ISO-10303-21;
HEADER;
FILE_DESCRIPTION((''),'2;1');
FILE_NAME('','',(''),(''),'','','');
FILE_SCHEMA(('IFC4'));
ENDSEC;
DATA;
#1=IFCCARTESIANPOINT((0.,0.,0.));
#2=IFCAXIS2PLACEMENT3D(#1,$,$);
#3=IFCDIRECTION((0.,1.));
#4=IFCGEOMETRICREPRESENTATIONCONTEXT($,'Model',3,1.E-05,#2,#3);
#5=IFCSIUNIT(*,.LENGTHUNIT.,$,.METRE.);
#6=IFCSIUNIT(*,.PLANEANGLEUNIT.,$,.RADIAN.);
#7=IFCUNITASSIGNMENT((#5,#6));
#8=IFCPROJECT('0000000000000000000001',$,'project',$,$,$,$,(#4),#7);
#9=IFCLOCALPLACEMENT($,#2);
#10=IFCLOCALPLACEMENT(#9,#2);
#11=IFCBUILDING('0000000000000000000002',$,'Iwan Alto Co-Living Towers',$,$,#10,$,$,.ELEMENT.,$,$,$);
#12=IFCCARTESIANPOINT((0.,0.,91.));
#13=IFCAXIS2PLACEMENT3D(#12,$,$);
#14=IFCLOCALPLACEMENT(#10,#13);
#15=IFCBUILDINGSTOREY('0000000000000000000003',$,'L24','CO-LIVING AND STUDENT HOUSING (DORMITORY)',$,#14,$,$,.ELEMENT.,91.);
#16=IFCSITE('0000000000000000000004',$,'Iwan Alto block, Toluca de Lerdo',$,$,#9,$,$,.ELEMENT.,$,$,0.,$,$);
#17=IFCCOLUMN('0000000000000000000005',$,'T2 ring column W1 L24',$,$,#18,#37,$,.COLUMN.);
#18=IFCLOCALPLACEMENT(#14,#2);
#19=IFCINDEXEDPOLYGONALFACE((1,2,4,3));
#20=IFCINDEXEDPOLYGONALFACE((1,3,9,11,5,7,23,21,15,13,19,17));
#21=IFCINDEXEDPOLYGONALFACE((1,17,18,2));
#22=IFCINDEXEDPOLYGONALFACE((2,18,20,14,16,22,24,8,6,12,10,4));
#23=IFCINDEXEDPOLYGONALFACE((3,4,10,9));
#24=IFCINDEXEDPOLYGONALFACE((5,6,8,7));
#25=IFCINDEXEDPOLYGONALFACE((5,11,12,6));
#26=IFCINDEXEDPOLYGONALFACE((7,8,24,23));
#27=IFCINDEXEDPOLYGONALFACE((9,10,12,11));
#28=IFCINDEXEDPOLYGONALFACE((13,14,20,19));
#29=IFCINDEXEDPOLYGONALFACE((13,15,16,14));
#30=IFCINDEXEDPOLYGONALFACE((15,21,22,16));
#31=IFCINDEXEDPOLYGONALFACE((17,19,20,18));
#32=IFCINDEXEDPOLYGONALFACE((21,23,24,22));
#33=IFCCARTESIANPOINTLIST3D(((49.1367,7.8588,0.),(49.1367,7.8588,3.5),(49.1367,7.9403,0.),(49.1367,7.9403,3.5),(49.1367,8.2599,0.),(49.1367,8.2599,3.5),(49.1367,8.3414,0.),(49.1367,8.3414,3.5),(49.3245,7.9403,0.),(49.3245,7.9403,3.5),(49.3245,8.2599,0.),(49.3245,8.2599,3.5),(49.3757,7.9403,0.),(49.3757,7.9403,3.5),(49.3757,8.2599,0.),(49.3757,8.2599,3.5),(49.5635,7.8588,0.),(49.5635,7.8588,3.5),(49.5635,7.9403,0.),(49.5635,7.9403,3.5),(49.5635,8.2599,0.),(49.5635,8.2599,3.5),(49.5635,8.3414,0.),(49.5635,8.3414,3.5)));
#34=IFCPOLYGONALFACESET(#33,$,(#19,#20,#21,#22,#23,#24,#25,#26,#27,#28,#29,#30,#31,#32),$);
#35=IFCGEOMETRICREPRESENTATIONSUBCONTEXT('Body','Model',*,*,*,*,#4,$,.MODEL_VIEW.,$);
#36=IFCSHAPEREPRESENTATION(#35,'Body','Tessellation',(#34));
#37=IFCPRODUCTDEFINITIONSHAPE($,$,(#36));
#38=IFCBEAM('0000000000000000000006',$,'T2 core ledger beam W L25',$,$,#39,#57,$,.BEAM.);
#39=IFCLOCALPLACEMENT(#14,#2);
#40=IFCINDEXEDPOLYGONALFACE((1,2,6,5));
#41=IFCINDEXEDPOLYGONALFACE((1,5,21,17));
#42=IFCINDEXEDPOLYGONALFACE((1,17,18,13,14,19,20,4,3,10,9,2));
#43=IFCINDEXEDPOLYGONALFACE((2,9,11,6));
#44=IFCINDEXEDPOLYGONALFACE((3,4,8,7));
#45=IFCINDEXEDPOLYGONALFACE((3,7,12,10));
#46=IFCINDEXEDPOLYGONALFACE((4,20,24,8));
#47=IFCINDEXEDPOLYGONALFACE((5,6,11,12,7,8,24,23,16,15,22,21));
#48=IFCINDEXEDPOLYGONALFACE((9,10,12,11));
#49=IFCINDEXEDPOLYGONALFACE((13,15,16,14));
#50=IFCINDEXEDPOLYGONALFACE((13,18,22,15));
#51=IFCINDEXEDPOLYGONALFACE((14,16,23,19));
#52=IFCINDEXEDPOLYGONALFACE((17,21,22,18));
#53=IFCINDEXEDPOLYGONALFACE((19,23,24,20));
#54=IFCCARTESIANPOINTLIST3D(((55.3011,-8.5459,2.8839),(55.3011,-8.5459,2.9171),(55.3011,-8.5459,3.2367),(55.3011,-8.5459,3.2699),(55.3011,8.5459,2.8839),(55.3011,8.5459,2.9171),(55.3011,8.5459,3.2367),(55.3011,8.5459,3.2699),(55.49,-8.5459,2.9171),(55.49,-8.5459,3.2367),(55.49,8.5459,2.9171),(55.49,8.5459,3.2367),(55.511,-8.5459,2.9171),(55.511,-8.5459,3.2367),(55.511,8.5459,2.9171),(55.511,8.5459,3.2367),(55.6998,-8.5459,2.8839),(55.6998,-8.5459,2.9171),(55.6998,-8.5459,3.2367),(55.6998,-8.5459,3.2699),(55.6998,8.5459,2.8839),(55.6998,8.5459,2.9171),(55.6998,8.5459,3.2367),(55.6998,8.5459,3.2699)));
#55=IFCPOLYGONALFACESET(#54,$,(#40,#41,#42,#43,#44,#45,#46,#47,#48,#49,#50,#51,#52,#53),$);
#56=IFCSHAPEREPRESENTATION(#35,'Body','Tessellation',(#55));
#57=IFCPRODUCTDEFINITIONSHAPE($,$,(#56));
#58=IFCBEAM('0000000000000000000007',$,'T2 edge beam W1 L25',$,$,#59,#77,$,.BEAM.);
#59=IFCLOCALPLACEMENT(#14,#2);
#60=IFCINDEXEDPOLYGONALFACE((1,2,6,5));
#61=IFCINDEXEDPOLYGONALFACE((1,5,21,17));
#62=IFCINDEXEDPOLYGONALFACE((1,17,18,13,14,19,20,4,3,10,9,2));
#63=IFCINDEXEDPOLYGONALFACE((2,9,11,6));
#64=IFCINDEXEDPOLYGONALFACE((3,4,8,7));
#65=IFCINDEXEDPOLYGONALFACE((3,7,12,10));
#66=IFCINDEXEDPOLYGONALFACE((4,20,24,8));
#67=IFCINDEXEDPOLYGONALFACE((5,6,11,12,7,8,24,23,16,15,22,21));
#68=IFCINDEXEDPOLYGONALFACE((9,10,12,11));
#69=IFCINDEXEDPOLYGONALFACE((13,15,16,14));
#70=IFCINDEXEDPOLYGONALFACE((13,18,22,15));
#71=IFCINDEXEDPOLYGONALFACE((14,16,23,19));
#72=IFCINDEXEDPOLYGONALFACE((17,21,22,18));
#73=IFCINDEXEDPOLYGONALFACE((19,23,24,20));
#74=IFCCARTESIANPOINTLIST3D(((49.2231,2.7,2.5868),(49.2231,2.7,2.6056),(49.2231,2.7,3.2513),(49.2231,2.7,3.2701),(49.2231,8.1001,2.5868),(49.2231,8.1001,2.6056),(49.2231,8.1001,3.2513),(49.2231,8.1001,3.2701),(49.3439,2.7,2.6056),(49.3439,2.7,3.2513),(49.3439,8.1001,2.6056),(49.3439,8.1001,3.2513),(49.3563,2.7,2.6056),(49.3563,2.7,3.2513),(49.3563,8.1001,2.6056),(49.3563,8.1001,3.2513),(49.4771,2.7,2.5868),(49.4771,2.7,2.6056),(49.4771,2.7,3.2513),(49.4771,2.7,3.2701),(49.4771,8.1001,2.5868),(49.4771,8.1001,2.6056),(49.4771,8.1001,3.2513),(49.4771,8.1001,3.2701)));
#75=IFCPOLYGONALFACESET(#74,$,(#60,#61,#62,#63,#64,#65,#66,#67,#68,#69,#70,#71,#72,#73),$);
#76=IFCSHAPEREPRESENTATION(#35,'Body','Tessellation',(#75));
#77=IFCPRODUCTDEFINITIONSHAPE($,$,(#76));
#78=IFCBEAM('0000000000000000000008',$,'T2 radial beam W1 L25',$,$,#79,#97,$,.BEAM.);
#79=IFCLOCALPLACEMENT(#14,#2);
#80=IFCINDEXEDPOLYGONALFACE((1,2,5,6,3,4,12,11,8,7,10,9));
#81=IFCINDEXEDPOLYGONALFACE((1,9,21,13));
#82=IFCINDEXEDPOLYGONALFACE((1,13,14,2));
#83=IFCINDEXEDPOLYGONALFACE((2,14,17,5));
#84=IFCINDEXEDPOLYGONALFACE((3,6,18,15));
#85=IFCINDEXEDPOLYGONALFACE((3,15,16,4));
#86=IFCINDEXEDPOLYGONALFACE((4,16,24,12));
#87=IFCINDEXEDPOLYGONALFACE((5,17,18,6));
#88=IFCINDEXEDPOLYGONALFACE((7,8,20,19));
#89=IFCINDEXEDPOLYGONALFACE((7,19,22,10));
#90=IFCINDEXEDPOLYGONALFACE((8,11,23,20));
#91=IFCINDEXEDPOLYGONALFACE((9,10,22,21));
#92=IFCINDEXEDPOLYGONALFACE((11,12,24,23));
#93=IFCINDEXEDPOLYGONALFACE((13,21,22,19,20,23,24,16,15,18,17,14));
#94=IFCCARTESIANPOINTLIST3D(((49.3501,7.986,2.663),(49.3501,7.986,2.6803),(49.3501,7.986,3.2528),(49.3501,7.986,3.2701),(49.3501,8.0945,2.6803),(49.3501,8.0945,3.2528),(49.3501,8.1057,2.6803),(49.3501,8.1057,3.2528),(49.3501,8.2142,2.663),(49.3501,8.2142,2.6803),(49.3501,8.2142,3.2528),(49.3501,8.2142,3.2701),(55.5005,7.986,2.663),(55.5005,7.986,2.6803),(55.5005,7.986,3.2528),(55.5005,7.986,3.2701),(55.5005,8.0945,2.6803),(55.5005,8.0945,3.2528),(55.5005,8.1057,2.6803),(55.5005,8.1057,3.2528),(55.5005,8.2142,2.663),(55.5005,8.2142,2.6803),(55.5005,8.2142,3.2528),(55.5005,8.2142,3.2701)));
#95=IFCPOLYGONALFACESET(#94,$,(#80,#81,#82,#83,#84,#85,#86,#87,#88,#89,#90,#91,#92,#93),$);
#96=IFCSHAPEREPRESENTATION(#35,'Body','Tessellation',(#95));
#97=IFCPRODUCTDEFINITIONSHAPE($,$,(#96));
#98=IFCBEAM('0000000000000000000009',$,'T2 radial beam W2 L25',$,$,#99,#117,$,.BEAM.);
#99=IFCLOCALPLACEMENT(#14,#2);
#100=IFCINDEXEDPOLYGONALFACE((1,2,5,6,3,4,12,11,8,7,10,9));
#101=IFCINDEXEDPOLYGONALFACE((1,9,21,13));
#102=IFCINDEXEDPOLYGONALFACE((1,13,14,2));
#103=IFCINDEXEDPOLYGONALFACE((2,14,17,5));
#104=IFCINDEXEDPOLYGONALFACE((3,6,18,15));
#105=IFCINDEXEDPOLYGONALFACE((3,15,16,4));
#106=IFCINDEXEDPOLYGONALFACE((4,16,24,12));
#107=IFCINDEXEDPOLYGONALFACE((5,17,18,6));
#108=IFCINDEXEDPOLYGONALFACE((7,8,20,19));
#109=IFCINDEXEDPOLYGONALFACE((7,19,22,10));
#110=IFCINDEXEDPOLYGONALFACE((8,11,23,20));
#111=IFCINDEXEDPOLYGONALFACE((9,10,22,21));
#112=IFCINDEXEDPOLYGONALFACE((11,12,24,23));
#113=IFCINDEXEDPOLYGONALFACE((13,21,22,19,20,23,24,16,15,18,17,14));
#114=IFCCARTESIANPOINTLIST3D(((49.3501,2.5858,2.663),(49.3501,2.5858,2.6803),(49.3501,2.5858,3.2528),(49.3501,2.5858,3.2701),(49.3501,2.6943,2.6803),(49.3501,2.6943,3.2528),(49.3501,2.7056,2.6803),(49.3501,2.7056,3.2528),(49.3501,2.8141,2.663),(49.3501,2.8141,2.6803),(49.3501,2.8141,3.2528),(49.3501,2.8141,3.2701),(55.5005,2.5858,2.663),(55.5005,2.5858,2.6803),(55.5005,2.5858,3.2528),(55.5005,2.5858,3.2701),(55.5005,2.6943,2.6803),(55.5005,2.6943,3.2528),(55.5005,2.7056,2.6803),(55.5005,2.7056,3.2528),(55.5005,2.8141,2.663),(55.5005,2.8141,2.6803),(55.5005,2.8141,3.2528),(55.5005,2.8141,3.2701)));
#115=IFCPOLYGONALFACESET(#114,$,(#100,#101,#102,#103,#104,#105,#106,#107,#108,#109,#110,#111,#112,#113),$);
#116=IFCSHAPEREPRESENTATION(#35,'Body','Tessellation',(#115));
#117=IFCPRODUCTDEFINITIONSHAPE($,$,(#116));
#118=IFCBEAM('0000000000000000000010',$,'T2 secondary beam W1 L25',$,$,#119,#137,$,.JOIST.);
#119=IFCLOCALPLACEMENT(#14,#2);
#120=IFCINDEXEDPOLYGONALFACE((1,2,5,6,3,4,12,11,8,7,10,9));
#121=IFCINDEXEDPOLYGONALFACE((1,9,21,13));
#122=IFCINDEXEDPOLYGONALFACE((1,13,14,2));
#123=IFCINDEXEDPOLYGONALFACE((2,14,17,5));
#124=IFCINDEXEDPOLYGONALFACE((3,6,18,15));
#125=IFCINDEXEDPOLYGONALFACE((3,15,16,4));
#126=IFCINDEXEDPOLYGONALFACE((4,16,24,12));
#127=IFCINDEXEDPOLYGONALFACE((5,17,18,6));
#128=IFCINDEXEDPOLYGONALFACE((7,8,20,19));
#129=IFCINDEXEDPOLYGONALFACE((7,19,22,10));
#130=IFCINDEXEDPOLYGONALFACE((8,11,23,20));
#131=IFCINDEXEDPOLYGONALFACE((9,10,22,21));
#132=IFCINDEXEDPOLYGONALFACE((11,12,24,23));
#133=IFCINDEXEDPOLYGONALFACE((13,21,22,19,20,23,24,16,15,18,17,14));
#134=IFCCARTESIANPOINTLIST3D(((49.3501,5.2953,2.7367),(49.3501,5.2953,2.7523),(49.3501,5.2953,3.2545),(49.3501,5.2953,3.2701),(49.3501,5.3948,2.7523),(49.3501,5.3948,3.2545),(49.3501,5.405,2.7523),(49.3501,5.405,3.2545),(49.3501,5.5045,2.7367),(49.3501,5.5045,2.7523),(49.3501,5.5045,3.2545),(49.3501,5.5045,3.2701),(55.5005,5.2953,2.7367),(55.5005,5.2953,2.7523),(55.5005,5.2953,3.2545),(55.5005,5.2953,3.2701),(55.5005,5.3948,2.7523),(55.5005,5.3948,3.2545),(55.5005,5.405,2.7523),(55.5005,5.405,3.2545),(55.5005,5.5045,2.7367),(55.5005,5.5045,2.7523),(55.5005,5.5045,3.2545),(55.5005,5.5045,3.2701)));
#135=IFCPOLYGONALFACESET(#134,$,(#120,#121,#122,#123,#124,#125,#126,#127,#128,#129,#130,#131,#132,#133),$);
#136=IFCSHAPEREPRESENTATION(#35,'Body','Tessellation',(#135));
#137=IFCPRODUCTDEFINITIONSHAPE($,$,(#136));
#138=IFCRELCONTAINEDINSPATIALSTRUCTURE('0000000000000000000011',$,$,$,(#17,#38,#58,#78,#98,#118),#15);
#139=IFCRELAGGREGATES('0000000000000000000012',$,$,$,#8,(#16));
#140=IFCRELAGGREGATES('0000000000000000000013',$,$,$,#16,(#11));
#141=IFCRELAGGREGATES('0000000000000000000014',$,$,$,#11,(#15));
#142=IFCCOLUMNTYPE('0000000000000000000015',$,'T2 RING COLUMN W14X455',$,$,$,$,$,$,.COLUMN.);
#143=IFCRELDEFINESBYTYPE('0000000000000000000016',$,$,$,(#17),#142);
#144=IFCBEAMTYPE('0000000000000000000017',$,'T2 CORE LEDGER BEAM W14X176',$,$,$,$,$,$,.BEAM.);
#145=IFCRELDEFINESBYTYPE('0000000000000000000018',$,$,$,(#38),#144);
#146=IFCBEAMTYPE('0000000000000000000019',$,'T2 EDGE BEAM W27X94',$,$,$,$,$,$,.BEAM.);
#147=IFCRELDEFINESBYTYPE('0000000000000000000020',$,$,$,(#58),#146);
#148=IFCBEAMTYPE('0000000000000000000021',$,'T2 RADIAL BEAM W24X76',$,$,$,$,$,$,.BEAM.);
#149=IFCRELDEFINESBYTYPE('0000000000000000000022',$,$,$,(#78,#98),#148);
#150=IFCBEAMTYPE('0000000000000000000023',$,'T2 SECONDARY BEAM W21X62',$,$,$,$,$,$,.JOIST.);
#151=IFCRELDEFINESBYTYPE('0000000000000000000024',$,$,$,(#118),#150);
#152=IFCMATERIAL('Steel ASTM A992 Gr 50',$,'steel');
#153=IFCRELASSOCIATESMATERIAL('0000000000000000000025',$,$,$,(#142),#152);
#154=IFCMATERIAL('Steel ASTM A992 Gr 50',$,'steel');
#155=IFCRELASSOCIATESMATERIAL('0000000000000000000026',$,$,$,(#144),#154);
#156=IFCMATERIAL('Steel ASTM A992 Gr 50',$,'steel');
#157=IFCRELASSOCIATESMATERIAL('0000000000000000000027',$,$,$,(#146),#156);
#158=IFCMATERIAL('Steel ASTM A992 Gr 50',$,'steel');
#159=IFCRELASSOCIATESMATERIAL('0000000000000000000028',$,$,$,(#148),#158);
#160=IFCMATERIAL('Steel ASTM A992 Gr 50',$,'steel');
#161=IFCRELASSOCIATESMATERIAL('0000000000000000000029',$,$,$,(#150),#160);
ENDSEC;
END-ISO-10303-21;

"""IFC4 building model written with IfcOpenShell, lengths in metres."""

from ifc_helpers import new_model, si_unit, direction, frame, origin, origin_2d, place, context, subcontext, project, spatial, i_section, extrude, material, material_profile, profile_set, type_object, element, save


model = new_model("IFC4")

# Units and contexts
model_context = context("Model", 3, precision=1e-05, world=origin(), true_north=direction((0.0, 1.0)))
body_context = subcontext(model_context, "Body", "Model", "MODEL_VIEW")
ifc_project = project(units=[si_unit("LENGTHUNIT", "METRE"), si_unit("PLANEANGLEUNIT", "RADIAN")], contexts=[model_context])

# Site, building, storey
site_placement = place(None, origin())
site = spatial("IfcSite", under=ifc_project, at=site_placement, Name="Iwan Alto block, Toluca de Lerdo", CompositionType="ELEMENT", RefElevation=0.0)
building_placement = place(site_placement, origin())
building = spatial("IfcBuilding", under=site, at=building_placement, Name="Iwan Alto Co-Living Towers", CompositionType="ELEMENT")
storey_placement = place(building_placement, frame((0.0, 0.0, 91.0)))
storey = spatial("IfcBuildingStorey", under=building, at=storey_placement, Name="L24", Description="CO-LIVING AND STUDENT HOUSING (DORMITORY)", CompositionType="ELEMENT", Elevation=91.0)

# Column
ifc_material_1 = material(Name="Steel ASTM A992 Gr 50", Category="steel")
ifc_material_profile_1 = material_profile(ifc_material_1, i_section(OverallWidth=0.4268, OverallDepth=0.4827, WebThickness=0.0513, FlangeThickness=0.0815, at=origin_2d()), Name="W14X455")
ifc_profile_set_1 = profile_set([ifc_material_profile_1], Name="Steel ASTM A992 Gr 50")
column_type = type_object("IfcColumnType", Name="T2 RING COLUMN W14X455", PredefinedType="COLUMN", material=ifc_profile_set_1)
column_placement = place(storey_placement, frame((49.3501, 8.1001, 0.0), z_axis=(0.0, 0.0, 1.0), x_axis=(1.0, 0.0, 0.0)))
element("IfcColumn", 1, at=column_placement, inside=storey, type_object=column_type, Name="T2 ring column W1 L24", PredefinedType="COLUMN", context=body_context, shape_type="SweptSolid", body=[
    extrude(i_section(OverallWidth=0.4268, OverallDepth=0.4827, WebThickness=0.0513, FlangeThickness=0.0815, at=origin_2d()), origin(), (0.0, 0.0, 1.0), 3.5),
])

# Beams
ifc_material_2 = material(Name="Steel ASTM A992 Gr 50", Category="steel")
ifc_material_profile_2 = material_profile(ifc_material_2, i_section(OverallWidth=0.3987, OverallDepth=0.386, WebThickness=0.021, FlangeThickness=0.0332, at=origin_2d()), Name="W14X176")
ifc_profile_set_2 = profile_set([ifc_material_profile_2], Name="Steel ASTM A992 Gr 50")
beam_type_1 = type_object("IfcBeamType", Name="T2 CORE LEDGER BEAM W14X176", PredefinedType="BEAM", material=ifc_profile_set_2)
beam_1_placement = place(storey_placement, frame((55.5005, 8.5459, 3.0769), z_axis=(0.0, -1.0, 0.0), x_axis=(1.0, 0.0, 0.0)))
element("IfcBeam", 2, at=beam_1_placement, inside=storey, type_object=beam_type_1, Name="T2 core ledger beam W L25", PredefinedType="BEAM", context=body_context, shape_type="SweptSolid", body=[
    extrude(i_section(OverallWidth=0.3987, OverallDepth=0.386, WebThickness=0.021, FlangeThickness=0.0332, at=origin_2d()), origin(), (0.0, 0.0, 1.0), 17.0918),
])
ifc_material_3 = material(Name="Steel ASTM A992 Gr 50", Category="steel")
ifc_material_profile_3 = material_profile(ifc_material_3, i_section(OverallWidth=0.2539, OverallDepth=0.6833, WebThickness=0.0125, FlangeThickness=0.0188, at=origin_2d()), Name="W27X94")
ifc_profile_set_3 = profile_set([ifc_material_profile_3], Name="Steel ASTM A992 Gr 50")
beam_type_2 = type_object("IfcBeamType", Name="T2 EDGE BEAM W27X94", PredefinedType="BEAM", material=ifc_profile_set_3)
beam_2_placement = place(storey_placement, frame((49.3501, 8.1001, 2.9285), z_axis=(0.0, -1.0, 0.0), x_axis=(1.0, 0.0, 0.0)))
element("IfcBeam", 3, at=beam_2_placement, inside=storey, type_object=beam_type_2, Name="T2 edge beam W1 L25", PredefinedType="BEAM", context=body_context, shape_type="SweptSolid", body=[
    extrude(i_section(OverallWidth=0.2539, OverallDepth=0.6833, WebThickness=0.0125, FlangeThickness=0.0188, at=origin_2d()), origin(), (0.0, 0.0, 1.0), 5.4001),
])
ifc_material_4 = material(Name="Steel ASTM A992 Gr 50", Category="steel")
ifc_material_profile_4 = material_profile(ifc_material_4, i_section(OverallWidth=0.2283, OverallDepth=0.6072, WebThickness=0.0112, FlangeThickness=0.0173, at=origin_2d()), Name="W24X76")
ifc_profile_set_4 = profile_set([ifc_material_profile_4], Name="Steel ASTM A992 Gr 50")
beam_type_3 = type_object("IfcBeamType", Name="T2 RADIAL BEAM W24X76", PredefinedType="BEAM", material=ifc_profile_set_4)
for number, where, z_axis, x_axis, name in (
    (4, (49.3501, 8.1001, 2.9666), (1.0, 0.0, 0.0), (0.0, 1.0, 0.0), "T2 radial beam W1 L25"),
    (5, (49.3501, 2.7, 2.9666), (1.0, 0.0, 0.0), (0.0, 1.0, 0.0), "T2 radial beam W2 L25"),
):
    element("IfcBeam", number, at=place(storey_placement, frame(where, z_axis=z_axis, x_axis=x_axis)), inside=storey, type_object=beam_type_3, Name=name, PredefinedType="BEAM", context=body_context, shape_type="SweptSolid", body=[
        extrude(i_section(OverallWidth=0.2283, OverallDepth=0.6072, WebThickness=0.0112, FlangeThickness=0.0173, at=origin_2d()), origin(), (0.0, 0.0, 1.0), 6.1504),
    ])
ifc_material_5 = material(Name="Steel ASTM A992 Gr 50", Category="steel")
ifc_material_profile_5 = material_profile(ifc_material_5, i_section(OverallWidth=0.2092, OverallDepth=0.5334, WebThickness=0.0103, FlangeThickness=0.0156, at=origin_2d()), Name="W21X62")
ifc_profile_set_5 = profile_set([ifc_material_profile_5], Name="Steel ASTM A992 Gr 50")
beam_type_4 = type_object("IfcBeamType", Name="T2 SECONDARY BEAM W21X62", PredefinedType="JOIST", material=ifc_profile_set_5)
beam_3_placement = place(storey_placement, frame((49.3501, 5.3999, 3.0034), z_axis=(1.0, 0.0, 0.0), x_axis=(0.0, 1.0, 0.0)))
element("IfcBeam", 6, at=beam_3_placement, inside=storey, type_object=beam_type_4, Name="T2 secondary beam W1 L25", PredefinedType="JOIST", context=body_context, shape_type="SweptSolid", body=[
    extrude(i_section(OverallWidth=0.2092, OverallDepth=0.5334, WebThickness=0.0103, FlangeThickness=0.0156, at=origin_2d()), origin(), (0.0, 0.0, 1.0), 6.1504),
])

save(model, "model.ifc")
